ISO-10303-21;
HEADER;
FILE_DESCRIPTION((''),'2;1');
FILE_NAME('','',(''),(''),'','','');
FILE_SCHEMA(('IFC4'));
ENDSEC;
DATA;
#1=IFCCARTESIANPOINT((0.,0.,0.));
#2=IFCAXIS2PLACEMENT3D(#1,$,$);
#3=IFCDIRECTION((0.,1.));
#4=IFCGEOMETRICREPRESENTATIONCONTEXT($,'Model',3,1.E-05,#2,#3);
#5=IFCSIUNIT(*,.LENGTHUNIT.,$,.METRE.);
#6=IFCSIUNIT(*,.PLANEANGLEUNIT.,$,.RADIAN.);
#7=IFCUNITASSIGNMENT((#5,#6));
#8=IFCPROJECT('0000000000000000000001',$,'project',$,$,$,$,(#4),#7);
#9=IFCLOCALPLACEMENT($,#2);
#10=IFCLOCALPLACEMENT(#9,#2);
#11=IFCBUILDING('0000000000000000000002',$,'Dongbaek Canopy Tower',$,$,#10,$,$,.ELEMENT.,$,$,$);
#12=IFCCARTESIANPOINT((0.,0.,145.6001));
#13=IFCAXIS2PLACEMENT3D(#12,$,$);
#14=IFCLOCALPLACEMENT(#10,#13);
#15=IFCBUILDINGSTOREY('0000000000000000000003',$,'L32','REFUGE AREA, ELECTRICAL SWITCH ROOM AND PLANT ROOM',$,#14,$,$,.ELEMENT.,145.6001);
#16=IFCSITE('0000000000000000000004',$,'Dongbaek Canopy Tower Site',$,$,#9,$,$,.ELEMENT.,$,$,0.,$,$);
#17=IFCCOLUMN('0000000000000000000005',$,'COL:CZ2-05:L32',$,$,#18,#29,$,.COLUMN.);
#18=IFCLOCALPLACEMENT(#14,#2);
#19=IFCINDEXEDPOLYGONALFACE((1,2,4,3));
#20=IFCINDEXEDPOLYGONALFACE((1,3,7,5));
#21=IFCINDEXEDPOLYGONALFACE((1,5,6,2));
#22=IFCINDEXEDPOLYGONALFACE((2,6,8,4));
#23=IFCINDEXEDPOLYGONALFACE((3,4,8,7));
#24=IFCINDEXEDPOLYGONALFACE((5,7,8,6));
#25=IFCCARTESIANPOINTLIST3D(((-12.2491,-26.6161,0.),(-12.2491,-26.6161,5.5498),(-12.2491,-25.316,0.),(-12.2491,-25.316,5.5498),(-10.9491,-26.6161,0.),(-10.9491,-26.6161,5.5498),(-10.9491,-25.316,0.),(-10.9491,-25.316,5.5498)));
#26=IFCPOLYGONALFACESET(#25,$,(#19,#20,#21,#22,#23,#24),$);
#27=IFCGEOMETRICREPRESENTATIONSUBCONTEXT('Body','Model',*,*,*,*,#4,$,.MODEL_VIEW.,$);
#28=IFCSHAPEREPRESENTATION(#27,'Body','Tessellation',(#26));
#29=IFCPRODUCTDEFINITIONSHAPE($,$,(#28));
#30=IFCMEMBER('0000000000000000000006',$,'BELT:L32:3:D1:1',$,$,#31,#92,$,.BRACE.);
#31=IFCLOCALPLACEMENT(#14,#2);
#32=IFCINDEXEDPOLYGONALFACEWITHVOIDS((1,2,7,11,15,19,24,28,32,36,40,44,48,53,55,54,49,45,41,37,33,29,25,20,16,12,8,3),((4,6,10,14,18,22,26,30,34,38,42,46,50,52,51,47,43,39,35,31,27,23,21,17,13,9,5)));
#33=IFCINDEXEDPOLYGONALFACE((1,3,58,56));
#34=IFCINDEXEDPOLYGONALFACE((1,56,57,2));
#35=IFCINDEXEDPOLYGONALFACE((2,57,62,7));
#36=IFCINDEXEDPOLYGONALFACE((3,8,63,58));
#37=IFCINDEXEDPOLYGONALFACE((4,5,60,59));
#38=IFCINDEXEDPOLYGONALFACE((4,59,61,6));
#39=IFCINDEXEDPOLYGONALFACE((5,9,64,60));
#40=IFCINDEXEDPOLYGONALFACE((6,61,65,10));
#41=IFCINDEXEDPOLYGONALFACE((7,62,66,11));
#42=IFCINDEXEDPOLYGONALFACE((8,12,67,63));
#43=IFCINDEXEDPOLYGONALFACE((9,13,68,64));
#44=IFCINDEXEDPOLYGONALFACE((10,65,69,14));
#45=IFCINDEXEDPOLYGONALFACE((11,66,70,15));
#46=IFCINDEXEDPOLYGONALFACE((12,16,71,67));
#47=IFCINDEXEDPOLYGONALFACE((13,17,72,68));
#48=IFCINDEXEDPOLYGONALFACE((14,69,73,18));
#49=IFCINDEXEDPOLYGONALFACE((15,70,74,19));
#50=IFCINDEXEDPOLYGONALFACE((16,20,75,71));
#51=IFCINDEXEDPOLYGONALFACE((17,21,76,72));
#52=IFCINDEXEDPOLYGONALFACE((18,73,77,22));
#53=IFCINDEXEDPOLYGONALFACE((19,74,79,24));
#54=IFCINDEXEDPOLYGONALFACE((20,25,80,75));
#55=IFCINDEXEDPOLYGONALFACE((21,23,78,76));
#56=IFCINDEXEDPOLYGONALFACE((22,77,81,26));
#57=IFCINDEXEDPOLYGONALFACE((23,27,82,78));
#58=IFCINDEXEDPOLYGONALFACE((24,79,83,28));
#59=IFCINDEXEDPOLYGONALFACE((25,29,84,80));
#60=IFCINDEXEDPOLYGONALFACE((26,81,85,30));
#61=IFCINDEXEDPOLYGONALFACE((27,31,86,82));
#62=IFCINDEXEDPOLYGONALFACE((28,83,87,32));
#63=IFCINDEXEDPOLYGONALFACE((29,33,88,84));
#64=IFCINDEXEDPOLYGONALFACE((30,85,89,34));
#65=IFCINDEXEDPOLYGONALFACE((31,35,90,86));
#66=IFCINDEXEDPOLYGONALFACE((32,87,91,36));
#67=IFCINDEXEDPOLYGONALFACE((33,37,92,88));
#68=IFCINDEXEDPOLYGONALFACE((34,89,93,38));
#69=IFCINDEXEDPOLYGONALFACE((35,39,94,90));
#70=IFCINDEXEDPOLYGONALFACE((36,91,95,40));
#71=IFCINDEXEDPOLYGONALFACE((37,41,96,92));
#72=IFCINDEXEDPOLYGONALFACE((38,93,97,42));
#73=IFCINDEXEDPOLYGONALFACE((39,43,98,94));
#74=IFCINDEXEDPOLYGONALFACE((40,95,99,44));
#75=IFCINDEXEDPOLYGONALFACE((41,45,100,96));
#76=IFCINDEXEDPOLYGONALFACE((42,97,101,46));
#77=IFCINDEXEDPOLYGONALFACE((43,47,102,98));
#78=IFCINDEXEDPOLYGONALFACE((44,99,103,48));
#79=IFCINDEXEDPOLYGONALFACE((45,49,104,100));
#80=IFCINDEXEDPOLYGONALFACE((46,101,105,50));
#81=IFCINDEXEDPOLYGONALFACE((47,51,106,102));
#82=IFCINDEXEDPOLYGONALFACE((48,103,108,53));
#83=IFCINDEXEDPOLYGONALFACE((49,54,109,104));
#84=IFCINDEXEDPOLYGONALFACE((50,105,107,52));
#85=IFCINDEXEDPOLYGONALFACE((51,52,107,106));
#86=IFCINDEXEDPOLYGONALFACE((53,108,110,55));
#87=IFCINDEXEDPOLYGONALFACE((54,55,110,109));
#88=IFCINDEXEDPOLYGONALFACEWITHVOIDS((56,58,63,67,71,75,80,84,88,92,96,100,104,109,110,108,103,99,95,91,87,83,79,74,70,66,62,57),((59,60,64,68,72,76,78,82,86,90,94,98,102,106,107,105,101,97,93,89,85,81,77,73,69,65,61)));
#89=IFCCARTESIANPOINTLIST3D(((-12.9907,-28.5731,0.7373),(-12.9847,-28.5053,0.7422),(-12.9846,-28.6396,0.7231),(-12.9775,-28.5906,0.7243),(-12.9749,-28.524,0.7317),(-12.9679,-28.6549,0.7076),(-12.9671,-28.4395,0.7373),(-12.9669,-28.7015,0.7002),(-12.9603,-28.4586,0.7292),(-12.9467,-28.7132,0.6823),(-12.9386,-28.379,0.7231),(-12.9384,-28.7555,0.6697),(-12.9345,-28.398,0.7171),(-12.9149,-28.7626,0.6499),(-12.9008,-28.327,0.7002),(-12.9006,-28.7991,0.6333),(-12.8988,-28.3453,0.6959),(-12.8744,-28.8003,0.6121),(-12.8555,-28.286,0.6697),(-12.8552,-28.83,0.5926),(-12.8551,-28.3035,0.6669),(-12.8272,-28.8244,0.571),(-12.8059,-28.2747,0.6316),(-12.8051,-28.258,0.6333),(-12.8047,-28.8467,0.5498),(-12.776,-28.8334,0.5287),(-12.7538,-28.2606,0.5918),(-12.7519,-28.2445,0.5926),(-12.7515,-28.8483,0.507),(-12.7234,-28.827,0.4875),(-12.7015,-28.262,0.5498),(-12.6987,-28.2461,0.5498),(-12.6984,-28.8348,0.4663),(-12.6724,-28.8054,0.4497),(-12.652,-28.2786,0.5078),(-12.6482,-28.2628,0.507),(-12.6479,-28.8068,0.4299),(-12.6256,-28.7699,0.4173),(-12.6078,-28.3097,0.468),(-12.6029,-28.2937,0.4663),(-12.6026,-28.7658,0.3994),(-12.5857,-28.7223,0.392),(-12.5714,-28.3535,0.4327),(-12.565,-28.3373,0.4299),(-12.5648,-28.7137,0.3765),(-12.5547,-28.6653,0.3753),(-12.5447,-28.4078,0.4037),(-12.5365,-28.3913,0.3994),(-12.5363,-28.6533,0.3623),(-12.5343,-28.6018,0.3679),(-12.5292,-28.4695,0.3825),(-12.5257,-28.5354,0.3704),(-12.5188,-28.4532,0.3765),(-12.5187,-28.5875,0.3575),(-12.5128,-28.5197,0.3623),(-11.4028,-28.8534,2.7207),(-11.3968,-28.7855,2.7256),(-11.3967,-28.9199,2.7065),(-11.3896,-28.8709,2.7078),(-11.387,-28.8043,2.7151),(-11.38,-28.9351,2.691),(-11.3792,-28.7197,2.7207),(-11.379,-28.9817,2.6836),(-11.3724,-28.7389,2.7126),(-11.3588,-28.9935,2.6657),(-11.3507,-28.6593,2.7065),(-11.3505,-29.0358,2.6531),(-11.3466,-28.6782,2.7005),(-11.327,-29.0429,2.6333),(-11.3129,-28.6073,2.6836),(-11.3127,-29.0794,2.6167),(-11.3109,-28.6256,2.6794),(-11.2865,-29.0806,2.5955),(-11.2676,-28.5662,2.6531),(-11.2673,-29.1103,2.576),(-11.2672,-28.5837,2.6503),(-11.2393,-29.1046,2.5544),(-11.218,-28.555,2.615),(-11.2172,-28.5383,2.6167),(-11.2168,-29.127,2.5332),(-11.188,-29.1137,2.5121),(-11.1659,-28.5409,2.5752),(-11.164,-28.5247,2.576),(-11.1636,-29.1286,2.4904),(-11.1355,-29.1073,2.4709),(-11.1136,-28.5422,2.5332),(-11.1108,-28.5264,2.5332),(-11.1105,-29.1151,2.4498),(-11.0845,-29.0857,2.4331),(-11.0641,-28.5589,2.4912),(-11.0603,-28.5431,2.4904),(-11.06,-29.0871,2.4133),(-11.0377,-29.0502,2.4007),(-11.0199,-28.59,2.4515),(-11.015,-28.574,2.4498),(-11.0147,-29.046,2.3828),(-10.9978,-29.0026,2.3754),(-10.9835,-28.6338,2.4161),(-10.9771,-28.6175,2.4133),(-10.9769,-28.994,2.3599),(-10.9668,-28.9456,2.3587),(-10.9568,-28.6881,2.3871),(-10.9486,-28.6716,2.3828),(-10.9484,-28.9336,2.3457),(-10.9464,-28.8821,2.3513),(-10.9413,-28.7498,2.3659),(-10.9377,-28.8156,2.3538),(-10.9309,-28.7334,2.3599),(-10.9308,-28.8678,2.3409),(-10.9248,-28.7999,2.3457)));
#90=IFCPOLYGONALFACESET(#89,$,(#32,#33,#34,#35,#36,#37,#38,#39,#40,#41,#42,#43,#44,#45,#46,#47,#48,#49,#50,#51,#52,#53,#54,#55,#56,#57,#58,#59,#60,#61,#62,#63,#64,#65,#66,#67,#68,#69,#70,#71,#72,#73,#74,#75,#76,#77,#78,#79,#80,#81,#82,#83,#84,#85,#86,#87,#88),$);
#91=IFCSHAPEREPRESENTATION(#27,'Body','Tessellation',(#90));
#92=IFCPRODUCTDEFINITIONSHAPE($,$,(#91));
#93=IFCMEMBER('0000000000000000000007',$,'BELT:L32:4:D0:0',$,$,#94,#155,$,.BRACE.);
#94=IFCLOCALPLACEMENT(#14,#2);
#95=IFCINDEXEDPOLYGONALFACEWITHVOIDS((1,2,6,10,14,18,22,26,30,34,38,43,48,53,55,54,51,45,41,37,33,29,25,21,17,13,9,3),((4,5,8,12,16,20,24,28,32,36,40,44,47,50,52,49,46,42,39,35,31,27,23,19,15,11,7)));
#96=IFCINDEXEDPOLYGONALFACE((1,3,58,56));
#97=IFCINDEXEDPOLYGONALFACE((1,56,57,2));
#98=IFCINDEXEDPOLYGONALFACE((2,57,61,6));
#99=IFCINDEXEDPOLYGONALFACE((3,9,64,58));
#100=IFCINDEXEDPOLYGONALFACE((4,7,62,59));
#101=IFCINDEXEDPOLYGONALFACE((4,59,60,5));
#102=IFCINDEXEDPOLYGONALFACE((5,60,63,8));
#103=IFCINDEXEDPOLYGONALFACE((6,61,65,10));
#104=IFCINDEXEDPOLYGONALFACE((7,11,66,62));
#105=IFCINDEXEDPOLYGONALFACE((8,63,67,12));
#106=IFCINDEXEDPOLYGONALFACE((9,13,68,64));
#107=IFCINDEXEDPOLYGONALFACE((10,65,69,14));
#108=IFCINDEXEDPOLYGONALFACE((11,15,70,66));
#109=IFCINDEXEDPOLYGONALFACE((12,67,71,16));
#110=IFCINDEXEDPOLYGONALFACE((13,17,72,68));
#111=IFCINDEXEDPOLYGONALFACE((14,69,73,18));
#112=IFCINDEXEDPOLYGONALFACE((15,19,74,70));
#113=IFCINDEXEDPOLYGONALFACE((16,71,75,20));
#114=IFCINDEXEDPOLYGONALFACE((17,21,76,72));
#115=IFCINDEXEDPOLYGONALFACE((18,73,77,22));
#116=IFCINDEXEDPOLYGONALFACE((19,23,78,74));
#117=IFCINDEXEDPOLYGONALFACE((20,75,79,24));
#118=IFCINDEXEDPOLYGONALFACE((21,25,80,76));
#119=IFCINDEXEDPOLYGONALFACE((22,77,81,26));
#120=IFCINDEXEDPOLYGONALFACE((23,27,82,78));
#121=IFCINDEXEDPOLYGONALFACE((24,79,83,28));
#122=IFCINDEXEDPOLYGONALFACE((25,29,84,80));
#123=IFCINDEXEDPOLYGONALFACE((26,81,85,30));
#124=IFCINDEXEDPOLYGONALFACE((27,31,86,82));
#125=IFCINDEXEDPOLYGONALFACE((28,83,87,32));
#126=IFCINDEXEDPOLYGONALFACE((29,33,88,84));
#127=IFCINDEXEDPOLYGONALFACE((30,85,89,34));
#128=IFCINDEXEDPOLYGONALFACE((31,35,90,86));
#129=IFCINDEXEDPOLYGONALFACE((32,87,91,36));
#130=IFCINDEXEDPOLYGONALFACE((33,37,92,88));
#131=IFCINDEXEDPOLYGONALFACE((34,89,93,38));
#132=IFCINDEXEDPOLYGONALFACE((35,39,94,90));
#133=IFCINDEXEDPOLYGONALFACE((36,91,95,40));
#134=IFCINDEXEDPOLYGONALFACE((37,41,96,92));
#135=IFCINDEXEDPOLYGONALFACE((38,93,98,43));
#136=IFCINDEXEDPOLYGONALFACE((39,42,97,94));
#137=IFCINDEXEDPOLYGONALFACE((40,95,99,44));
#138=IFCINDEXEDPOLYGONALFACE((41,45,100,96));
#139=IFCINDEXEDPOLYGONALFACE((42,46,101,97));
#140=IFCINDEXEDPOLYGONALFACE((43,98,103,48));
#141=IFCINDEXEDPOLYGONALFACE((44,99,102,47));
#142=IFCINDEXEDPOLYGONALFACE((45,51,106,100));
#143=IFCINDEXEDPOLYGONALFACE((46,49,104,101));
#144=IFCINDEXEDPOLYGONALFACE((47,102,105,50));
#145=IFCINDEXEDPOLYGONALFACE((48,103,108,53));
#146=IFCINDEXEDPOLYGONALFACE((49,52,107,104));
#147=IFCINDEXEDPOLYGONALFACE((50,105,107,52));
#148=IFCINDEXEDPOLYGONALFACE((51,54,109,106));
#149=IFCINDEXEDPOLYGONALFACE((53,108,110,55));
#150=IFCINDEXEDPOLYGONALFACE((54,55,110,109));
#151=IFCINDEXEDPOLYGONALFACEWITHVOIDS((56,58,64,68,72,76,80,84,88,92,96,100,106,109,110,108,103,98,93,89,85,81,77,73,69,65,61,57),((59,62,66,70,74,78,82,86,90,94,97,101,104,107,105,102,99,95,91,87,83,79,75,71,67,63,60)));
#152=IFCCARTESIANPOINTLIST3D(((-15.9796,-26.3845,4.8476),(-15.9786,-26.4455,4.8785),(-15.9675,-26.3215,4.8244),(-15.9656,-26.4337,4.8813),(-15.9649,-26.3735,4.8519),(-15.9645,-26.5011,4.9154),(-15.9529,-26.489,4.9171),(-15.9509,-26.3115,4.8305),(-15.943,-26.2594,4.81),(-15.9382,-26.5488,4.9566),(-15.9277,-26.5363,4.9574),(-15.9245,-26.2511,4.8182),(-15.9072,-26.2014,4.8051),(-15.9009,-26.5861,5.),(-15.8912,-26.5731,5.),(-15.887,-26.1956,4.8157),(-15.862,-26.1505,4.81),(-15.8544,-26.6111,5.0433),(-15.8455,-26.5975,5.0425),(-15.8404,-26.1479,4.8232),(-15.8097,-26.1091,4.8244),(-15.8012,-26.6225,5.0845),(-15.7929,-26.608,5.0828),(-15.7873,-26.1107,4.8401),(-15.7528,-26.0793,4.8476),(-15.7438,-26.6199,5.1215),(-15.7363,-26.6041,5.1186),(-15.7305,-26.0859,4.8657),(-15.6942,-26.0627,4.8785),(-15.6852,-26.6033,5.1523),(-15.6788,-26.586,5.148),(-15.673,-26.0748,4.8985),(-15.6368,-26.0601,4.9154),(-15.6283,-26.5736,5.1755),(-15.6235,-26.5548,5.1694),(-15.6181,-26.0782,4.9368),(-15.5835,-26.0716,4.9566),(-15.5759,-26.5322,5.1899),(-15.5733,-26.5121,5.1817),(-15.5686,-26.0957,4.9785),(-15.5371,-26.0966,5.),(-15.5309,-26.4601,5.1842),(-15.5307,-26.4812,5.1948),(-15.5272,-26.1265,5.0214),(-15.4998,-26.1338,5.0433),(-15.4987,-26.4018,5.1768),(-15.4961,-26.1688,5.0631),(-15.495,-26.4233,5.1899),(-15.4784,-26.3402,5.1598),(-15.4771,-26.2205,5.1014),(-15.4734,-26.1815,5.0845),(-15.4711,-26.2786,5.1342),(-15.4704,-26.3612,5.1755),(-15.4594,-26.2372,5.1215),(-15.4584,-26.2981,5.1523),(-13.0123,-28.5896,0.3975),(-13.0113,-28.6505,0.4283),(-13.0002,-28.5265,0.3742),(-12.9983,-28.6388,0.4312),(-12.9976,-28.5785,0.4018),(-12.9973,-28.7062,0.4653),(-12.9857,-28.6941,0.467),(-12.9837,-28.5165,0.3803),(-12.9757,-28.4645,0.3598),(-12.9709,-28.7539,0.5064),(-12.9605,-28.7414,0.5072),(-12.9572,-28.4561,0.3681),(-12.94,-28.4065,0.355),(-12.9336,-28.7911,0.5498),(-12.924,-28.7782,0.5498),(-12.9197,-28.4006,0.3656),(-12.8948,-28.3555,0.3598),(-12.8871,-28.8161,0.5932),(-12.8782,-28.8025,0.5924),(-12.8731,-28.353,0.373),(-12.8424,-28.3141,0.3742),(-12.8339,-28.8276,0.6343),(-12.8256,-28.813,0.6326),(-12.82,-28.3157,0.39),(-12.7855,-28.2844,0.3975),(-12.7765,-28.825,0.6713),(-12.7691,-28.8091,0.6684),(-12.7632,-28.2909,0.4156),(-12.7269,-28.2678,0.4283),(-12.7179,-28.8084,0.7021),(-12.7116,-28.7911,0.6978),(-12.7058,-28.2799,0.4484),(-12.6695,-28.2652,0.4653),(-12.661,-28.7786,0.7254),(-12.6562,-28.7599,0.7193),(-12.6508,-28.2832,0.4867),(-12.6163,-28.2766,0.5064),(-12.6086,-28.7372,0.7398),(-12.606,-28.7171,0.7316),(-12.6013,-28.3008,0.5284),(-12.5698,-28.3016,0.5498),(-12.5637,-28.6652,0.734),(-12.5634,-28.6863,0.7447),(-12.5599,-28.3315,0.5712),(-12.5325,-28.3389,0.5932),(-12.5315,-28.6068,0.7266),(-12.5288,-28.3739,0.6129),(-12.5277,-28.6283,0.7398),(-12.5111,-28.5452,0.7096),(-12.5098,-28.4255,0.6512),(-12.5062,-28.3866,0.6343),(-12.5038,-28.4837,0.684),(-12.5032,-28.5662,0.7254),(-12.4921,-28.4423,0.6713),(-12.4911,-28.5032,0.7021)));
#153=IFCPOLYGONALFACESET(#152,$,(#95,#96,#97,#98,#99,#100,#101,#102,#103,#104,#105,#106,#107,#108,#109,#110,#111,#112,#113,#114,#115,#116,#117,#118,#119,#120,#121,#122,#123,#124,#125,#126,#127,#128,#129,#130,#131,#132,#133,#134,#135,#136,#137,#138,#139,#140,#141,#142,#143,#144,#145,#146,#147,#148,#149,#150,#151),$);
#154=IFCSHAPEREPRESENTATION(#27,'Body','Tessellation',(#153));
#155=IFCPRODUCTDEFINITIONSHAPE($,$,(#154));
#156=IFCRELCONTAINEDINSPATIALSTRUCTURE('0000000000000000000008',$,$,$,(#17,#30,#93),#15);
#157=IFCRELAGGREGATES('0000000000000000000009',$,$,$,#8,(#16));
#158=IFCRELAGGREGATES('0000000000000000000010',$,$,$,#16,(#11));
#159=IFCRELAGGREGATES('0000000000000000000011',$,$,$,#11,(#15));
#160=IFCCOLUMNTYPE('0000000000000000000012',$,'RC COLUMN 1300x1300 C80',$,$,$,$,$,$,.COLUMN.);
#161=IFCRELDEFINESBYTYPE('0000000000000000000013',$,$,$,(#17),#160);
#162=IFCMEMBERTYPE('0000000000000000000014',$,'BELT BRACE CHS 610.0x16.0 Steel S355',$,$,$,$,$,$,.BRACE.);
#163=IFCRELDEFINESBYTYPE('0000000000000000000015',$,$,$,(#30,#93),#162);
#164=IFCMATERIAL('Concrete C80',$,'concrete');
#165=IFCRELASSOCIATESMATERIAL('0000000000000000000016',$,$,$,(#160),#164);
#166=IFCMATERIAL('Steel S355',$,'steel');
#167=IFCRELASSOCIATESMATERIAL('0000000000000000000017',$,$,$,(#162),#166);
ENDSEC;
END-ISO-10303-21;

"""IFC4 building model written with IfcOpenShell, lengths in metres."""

from ifc_helpers import new_model, si_unit, direction, frame, origin, origin_2d, place, context, subcontext, project, spatial, rectangle, hollow_circle, extrude, material, material_profile, profile_set, type_object, element, save


model = new_model("IFC4")

# Units and contexts
model_context = context("Model", 3, precision=1e-05, world=origin(), true_north=direction((0.0, 1.0)))
body_context = subcontext(model_context, "Body", "Model", "MODEL_VIEW")
ifc_project = project(units=[si_unit("LENGTHUNIT", "METRE"), si_unit("PLANEANGLEUNIT", "RADIAN")], contexts=[model_context])

# Site, building, storey
site_placement = place(None, origin())
site = spatial("IfcSite", under=ifc_project, at=site_placement, Name="Dongbaek Canopy Tower Site", CompositionType="ELEMENT", RefElevation=0.0)
building_placement = place(site_placement, origin())
building = spatial("IfcBuilding", under=site, at=building_placement, Name="Dongbaek Canopy Tower", CompositionType="ELEMENT")
storey_placement = place(building_placement, frame((0.0, 0.0, 145.6001)))
storey = spatial("IfcBuildingStorey", under=building, at=storey_placement, Name="L32", Description="REFUGE AREA, ELECTRICAL SWITCH ROOM AND PLANT ROOM", CompositionType="ELEMENT", Elevation=145.6001)

# Column
ifc_material_1 = material(Name="Concrete C80", Category="concrete")
ifc_material_profile_1 = material_profile(ifc_material_1, rectangle(XDim=1.3, YDim=1.3, at=origin_2d()), Name="RC COLUMN 1300x1300 C80")
ifc_profile_set_1 = profile_set([ifc_material_profile_1], Name="Concrete C80")
column_type = type_object("IfcColumnType", Name="RC COLUMN 1300x1300 C80", PredefinedType="COLUMN", material=ifc_profile_set_1)
column_placement = place(storey_placement, frame((-11.5991, -25.9661, 0.0), z_axis=(0.0, 0.0, 1.0), x_axis=(1.0, 0.0, 0.0)))
element("IfcColumn", 1, at=column_placement, inside=storey, type_object=column_type, Name="COL:CZ2-05:L32", PredefinedType="COLUMN", context=body_context, shape_type="SweptSolid", body=[
    extrude(rectangle(XDim=1.3, YDim=1.3, at=origin_2d()), origin(), (0.0, 0.0, 1.0), 5.5498),
])

# Members
ifc_material_2 = material(Name="Steel S355", Category="steel")
ifc_material_profile_2 = material_profile(ifc_material_2, hollow_circle(Radius=0.3049, WallThickness=0.0161, at=origin_2d()), Name="BELT BRACE CHS 610.0x16.0 Steel S355")
ifc_profile_set_2 = profile_set([ifc_material_profile_2], Name="Steel S355")
member_type_1 = type_object("IfcMemberType", Name="BELT BRACE CHS 610.0x16.0 Steel S355", PredefinedType="BRACE", material=ifc_profile_set_2)
member_1_placement = place(storey_placement, frame((-12.7517, -28.5464, 0.5498), z_axis=(0.621208, -0.109647, 0.775937), x_axis=(0.17382, 0.984777, 0.0)))
element("IfcMember", 2, at=member_1_placement, inside=storey, type_object=member_type_1, Name="BELT:L32:3:D1:1", PredefinedType="BRACE", context=body_context, shape_type="SweptSolid", body=[
    extrude(hollow_circle(Radius=0.3049, WallThickness=0.0161, at=origin_2d()), origin(), (0.0, 0.0, 1.0), 2.5562),
])
member_2_placement = place(storey_placement, frame((-12.7517, -28.5464, 0.5498), z_axis=(-0.512888, 0.381142, 0.769205), x_axis=(-0.596465, -0.802639, 0.0)))
element("IfcMember", 3, at=member_2_placement, inside=storey, type_object=member_type_1, Name="BELT:L32:4:D0:0", PredefinedType="BRACE", context=body_context, shape_type="SweptSolid", body=[
    extrude(hollow_circle(Radius=0.3049, WallThickness=0.0161, at=origin_2d()), origin(), (0.0, 0.0, 1.0), 5.7854),
])

save(model, "model.ifc")
